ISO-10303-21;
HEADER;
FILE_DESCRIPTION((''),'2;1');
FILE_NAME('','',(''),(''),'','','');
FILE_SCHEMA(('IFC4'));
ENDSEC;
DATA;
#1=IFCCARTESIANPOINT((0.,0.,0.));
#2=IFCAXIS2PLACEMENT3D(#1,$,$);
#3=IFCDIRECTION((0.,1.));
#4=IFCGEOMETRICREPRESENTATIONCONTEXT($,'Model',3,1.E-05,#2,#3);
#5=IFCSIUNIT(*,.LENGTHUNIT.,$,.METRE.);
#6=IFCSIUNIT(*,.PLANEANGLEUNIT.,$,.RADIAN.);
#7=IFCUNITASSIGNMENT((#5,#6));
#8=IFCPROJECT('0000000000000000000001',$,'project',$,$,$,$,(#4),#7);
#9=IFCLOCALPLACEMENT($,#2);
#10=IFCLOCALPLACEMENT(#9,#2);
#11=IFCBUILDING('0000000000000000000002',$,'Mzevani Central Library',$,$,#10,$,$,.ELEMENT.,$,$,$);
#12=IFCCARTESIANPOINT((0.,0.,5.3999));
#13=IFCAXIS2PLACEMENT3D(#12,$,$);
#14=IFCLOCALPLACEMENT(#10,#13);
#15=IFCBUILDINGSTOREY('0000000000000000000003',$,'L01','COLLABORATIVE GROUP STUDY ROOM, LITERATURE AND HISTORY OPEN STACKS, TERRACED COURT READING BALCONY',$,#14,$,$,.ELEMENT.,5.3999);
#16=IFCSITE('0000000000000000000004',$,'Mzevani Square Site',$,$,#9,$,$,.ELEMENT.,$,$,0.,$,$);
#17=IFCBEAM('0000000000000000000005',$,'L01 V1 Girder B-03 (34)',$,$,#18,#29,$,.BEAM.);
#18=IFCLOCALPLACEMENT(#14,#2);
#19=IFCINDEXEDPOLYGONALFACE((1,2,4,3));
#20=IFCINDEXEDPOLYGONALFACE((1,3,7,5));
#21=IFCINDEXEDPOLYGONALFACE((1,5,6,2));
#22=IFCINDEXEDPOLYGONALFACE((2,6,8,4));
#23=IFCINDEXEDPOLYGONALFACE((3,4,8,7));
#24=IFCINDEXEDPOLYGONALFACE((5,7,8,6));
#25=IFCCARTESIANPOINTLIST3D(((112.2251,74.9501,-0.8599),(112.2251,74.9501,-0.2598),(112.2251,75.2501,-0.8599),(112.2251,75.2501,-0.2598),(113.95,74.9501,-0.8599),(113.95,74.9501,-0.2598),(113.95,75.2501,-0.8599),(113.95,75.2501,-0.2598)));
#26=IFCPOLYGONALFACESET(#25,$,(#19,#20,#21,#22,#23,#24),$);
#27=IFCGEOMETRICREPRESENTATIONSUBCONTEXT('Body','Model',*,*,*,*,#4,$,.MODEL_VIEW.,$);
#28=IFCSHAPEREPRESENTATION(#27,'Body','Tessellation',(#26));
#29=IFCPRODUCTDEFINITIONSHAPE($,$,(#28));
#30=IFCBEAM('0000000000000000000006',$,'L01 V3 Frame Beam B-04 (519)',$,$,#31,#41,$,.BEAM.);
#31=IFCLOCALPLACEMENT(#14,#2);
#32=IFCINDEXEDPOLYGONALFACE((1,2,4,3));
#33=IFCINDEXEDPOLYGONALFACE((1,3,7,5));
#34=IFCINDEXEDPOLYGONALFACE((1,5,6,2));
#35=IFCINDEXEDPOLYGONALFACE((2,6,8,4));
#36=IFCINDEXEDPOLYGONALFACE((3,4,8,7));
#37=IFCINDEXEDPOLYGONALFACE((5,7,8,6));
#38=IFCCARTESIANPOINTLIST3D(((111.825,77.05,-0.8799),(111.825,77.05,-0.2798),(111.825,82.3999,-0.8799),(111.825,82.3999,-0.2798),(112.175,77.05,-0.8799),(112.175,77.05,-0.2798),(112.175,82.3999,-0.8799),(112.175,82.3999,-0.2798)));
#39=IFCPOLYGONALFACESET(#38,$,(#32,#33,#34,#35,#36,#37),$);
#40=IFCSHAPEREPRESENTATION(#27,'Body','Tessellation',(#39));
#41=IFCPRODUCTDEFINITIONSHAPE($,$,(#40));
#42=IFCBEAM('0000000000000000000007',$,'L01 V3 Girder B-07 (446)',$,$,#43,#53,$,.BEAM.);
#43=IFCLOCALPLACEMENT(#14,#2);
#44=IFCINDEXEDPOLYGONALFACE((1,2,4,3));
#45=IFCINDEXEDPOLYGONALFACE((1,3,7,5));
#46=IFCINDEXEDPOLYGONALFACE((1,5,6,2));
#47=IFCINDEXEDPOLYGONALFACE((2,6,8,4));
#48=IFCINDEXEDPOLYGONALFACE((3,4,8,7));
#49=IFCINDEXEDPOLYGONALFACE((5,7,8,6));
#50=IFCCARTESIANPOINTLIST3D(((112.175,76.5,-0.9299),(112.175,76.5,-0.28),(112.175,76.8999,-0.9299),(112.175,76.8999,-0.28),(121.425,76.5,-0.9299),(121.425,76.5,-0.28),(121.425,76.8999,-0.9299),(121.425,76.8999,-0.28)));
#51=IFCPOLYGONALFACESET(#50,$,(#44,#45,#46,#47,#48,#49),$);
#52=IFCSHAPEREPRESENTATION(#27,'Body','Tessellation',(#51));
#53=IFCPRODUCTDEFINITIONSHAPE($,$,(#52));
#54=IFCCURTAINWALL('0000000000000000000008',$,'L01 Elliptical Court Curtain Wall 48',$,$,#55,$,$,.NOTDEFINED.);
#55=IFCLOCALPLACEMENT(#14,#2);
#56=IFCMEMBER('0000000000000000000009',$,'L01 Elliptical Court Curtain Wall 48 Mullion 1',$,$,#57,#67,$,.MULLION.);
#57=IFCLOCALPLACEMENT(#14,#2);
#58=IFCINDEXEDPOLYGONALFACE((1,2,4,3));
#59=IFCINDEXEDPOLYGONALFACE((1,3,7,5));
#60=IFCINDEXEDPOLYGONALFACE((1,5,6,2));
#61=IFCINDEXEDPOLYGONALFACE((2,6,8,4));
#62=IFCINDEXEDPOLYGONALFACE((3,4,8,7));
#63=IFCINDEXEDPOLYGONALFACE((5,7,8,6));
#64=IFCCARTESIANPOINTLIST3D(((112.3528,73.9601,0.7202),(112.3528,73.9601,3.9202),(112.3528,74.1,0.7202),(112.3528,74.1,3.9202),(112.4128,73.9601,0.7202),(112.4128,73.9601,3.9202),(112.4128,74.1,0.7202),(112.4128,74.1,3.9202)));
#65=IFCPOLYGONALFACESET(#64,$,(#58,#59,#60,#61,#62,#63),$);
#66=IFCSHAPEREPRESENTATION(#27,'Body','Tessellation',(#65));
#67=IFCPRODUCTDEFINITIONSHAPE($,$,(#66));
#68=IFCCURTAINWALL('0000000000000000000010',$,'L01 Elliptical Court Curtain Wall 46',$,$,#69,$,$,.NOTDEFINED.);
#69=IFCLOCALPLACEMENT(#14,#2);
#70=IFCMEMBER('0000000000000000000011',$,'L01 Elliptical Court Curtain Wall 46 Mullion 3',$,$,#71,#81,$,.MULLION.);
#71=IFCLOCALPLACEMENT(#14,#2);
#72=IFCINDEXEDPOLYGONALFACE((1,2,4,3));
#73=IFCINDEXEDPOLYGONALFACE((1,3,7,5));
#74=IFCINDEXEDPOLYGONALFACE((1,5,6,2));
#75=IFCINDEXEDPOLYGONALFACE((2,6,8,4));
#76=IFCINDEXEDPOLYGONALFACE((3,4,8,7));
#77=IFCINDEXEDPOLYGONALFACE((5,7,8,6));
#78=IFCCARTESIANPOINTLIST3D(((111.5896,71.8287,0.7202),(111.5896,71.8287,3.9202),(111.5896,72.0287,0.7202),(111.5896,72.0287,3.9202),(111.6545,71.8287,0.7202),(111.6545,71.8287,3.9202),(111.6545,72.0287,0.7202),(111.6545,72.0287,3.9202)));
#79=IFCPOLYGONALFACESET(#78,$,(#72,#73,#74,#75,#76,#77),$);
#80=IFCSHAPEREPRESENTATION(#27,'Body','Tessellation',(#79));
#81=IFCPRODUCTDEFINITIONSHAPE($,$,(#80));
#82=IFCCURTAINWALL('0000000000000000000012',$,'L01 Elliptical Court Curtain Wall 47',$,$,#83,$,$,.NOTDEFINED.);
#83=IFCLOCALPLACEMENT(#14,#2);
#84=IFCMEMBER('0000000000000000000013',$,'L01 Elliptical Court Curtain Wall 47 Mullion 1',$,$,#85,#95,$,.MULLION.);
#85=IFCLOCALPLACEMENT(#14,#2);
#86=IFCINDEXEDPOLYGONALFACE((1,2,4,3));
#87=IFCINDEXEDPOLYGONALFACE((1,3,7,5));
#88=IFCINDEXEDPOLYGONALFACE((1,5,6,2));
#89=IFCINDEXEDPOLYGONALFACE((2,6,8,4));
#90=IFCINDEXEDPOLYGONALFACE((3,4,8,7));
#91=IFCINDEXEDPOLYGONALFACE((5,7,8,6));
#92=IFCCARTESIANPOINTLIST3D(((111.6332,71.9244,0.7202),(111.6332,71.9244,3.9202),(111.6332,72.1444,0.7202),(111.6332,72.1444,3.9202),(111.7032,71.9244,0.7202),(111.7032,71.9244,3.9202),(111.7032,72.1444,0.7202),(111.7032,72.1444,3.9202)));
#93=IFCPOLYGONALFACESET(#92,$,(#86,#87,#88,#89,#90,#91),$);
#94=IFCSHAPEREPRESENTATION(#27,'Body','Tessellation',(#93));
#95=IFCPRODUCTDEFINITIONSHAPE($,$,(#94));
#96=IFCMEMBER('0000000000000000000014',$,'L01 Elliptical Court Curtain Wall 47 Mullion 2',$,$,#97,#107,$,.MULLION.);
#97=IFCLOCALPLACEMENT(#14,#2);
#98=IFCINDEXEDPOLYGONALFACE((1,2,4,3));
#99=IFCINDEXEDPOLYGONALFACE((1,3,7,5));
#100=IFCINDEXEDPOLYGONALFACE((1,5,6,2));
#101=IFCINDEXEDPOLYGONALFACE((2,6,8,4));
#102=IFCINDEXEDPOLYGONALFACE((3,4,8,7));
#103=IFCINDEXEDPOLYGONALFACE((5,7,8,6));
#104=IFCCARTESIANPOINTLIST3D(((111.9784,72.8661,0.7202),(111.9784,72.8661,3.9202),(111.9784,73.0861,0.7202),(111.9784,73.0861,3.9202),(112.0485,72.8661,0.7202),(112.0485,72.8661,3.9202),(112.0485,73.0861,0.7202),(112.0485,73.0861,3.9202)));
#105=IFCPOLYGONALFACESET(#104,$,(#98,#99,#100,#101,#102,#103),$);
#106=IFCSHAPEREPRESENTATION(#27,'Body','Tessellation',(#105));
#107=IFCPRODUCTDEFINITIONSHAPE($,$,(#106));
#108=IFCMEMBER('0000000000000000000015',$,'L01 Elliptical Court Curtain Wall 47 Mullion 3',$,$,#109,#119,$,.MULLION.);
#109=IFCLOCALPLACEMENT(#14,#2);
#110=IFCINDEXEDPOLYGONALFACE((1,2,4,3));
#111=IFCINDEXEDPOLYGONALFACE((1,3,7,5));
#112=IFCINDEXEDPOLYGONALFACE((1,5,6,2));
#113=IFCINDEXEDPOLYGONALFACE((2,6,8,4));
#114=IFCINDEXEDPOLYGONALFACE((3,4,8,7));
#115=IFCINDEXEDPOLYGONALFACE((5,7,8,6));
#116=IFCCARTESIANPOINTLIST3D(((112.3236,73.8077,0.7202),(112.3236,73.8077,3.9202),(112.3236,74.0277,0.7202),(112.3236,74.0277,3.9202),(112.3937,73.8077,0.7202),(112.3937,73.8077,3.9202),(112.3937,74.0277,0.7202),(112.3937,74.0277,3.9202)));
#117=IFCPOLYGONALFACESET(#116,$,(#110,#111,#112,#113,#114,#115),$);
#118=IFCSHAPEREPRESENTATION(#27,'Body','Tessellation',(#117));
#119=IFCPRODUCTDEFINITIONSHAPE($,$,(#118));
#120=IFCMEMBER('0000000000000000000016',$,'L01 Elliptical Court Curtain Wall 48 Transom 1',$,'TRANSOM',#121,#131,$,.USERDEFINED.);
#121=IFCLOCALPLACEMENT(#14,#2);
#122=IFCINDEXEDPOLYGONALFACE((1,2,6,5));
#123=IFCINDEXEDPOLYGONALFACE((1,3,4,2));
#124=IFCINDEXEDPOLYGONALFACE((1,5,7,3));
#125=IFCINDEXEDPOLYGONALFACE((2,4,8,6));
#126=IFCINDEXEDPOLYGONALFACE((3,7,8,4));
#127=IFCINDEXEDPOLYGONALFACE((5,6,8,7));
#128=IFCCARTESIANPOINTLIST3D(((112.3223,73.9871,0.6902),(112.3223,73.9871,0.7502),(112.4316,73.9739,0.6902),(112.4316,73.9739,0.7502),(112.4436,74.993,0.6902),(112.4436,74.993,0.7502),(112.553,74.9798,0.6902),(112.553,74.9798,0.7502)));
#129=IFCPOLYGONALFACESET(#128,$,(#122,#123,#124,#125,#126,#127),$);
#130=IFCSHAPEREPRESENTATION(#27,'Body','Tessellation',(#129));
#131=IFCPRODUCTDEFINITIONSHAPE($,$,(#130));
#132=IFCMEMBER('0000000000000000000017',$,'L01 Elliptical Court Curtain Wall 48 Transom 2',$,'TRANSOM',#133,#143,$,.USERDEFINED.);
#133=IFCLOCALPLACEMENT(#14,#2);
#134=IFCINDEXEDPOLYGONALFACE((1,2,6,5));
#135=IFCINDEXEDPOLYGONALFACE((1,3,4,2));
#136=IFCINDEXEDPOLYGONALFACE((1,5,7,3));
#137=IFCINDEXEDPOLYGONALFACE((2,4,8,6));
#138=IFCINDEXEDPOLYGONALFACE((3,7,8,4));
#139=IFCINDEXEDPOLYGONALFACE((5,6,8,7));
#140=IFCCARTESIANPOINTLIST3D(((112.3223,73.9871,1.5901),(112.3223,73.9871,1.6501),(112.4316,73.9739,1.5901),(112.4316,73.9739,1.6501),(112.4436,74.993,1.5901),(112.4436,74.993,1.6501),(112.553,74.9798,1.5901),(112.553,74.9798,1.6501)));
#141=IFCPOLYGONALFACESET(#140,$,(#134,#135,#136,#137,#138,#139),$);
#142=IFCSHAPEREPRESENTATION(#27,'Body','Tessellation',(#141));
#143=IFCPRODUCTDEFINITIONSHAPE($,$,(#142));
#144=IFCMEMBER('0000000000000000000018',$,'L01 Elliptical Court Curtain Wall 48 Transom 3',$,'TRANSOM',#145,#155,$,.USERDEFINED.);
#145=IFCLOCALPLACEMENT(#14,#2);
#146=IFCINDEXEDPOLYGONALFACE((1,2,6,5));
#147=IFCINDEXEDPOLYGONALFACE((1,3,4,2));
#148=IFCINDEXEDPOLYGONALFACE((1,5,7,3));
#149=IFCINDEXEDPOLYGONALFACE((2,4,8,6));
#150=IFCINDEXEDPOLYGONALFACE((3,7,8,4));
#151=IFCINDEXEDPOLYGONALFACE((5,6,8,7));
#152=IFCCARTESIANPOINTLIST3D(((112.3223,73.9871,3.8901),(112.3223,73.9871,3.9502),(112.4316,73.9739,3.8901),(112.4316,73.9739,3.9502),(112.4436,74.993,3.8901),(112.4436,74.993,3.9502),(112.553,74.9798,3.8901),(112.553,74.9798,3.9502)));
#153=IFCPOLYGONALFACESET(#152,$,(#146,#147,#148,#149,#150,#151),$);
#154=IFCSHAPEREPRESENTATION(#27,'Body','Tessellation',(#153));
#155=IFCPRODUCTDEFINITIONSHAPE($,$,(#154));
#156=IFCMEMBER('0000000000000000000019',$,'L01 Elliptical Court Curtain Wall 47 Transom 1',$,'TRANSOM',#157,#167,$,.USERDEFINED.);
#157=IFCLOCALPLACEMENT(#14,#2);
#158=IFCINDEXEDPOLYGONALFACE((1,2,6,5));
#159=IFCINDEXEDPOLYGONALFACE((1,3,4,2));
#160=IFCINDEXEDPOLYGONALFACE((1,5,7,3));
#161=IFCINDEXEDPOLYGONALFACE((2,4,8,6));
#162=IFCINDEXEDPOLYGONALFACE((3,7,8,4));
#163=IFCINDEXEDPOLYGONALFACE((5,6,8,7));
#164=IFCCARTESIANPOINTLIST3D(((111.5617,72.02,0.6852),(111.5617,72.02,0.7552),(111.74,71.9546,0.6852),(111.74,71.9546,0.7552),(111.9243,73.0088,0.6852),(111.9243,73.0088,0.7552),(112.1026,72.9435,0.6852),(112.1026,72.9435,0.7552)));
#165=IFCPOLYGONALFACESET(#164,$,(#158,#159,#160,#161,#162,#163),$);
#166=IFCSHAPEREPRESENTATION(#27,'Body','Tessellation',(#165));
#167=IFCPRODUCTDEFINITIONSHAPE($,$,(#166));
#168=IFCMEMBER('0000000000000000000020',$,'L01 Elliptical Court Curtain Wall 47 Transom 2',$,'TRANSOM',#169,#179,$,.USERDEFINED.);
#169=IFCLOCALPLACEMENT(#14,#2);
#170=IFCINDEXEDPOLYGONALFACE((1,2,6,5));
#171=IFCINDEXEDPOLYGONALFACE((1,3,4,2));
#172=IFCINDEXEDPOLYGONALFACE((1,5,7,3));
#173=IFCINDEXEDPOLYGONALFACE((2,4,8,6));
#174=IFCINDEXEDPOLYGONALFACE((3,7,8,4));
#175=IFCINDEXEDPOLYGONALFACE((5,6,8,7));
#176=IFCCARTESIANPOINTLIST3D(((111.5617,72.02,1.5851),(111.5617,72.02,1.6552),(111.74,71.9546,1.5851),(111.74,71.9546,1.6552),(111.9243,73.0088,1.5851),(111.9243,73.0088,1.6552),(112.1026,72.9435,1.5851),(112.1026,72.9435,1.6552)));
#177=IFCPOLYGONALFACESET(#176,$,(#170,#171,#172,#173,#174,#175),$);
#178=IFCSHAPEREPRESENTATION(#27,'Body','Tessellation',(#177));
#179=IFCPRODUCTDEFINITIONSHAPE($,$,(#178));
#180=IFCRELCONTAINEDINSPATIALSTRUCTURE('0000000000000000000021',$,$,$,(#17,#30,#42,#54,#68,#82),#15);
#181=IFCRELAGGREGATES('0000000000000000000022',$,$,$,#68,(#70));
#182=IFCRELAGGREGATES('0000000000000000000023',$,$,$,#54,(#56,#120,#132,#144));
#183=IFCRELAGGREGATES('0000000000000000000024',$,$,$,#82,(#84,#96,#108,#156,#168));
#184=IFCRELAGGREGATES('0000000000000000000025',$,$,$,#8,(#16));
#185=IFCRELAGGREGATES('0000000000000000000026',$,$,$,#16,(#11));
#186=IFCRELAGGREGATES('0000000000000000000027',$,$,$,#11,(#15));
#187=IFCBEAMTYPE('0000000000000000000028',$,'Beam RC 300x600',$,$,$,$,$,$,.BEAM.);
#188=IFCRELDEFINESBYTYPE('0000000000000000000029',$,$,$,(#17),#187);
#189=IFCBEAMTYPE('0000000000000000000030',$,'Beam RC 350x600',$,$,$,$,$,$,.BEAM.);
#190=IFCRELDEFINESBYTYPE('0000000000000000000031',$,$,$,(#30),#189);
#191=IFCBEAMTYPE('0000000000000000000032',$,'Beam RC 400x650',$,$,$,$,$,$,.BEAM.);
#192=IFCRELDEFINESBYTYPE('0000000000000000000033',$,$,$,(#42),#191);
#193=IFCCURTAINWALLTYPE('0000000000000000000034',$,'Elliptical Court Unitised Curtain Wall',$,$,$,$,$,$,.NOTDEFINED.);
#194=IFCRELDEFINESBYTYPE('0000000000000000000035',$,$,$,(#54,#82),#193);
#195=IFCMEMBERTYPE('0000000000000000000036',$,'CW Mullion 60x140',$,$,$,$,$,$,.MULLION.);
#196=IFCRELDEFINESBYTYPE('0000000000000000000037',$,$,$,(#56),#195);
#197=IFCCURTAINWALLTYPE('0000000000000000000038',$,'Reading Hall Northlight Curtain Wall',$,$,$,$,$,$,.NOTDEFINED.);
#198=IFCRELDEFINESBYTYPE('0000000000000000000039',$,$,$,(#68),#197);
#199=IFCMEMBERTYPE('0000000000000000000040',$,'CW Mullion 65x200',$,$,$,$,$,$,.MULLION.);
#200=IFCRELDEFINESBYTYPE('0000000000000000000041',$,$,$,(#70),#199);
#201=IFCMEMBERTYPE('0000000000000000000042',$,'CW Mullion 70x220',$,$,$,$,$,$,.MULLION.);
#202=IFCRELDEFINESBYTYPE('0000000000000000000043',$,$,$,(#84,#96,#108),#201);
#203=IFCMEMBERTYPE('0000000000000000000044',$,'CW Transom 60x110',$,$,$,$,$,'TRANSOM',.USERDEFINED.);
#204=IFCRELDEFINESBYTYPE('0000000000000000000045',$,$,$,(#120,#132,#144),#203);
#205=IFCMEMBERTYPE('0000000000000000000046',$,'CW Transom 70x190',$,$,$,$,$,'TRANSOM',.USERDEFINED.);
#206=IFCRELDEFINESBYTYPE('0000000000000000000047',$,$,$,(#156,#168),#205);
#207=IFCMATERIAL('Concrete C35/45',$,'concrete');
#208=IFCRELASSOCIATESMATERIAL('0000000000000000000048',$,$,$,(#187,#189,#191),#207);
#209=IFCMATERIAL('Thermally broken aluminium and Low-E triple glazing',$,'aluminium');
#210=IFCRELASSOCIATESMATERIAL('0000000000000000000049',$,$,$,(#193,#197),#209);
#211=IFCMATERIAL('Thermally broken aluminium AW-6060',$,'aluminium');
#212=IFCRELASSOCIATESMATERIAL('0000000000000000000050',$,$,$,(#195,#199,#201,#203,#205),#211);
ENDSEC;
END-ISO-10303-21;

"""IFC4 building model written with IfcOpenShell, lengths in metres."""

from ifc_helpers import new_model, si_unit, direction, frame, origin, origin_2d, place, context, subcontext, project, spatial, rectangle, extrude, material, material_profile, profile_set, type_object, element, aggregate, save


model = new_model("IFC4")

# Units and contexts
model_context = context("Model", 3, precision=1e-05, world=origin(), true_north=direction((0.0, 1.0)))
body_context = subcontext(model_context, "Body", "Model", "MODEL_VIEW")
ifc_project = project(units=[si_unit("LENGTHUNIT", "METRE"), si_unit("PLANEANGLEUNIT", "RADIAN")], contexts=[model_context])

# Site, building, storey
site_placement = place(None, origin())
site = spatial("IfcSite", under=ifc_project, at=site_placement, Name="Mzevani Square Site", CompositionType="ELEMENT", RefElevation=0.0)
building_placement = place(site_placement, origin())
building = spatial("IfcBuilding", under=site, at=building_placement, Name="Mzevani Central Library", CompositionType="ELEMENT")
storey_placement = place(building_placement, frame((0.0, 0.0, 5.3999)))
storey = spatial("IfcBuildingStorey", under=building, at=storey_placement, Name="L01", Description="COLLABORATIVE GROUP STUDY ROOM, LITERATURE AND HISTORY OPEN STACKS, TERRACED COURT READING BALCONY", CompositionType="ELEMENT", Elevation=5.3999)

# Beams
ifc_material_1 = material(Name="Concrete C35/45", Category="concrete")
ifc_material_profile_1 = material_profile(ifc_material_1, rectangle(XDim=0.3, YDim=0.6001, at=origin_2d()), Name="RC B300x600")
ifc_profile_set_1 = profile_set([ifc_material_profile_1], Name="Concrete C35/45")
beam_type_1 = type_object("IfcBeamType", Name="Beam RC 300x600", PredefinedType="BEAM", material=ifc_profile_set_1)
beam_1_placement = place(storey_placement, frame((112.2251, 75.1001, -0.5598), z_axis=(1.0, 0.0, 0.0), x_axis=(0.0, 1.0, 0.0)))
element("IfcBeam", 1, at=beam_1_placement, inside=storey, type_object=beam_type_1, Name="L01 V1 Girder B-03 (34)", PredefinedType="BEAM", context=body_context, shape_type="SweptSolid", body=[
    extrude(rectangle(XDim=0.3, YDim=0.6001, at=origin_2d()), origin(), (0.0, 0.0, 1.0), 1.7249),
])
ifc_material_profile_2 = material_profile(ifc_material_1, rectangle(XDim=0.3501, YDim=0.6001, at=origin_2d()), Name="RC B350x600")
ifc_profile_set_2 = profile_set([ifc_material_profile_2], Name="Concrete C35/45")
beam_type_2 = type_object("IfcBeamType", Name="Beam RC 350x600", PredefinedType="BEAM", material=ifc_profile_set_2)
beam_2_placement = place(storey_placement, frame((112.0, 77.05, -0.5798), z_axis=(0.0, 1.0, 0.0), x_axis=(-1.0, 0.0, 0.0)))
element("IfcBeam", 2, at=beam_2_placement, inside=storey, type_object=beam_type_2, Name="L01 V3 Frame Beam B-04 (519)", PredefinedType="BEAM", context=body_context, shape_type="SweptSolid", body=[
    extrude(rectangle(XDim=0.3501, YDim=0.6001, at=origin_2d()), origin(), (0.0, 0.0, 1.0), 5.3499),
])
ifc_material_profile_3 = material_profile(ifc_material_1, rectangle(XDim=0.3999, YDim=0.6499, at=origin_2d()), Name="RC B400x650")
ifc_profile_set_3 = profile_set([ifc_material_profile_3], Name="Concrete C35/45")
beam_type_3 = type_object("IfcBeamType", Name="Beam RC 400x650", PredefinedType="BEAM", material=ifc_profile_set_3)
beam_3_placement = place(storey_placement, frame((112.175, 76.7, -0.605), z_axis=(1.0, 0.0, 0.0), x_axis=(0.0, 1.0, 0.0)))
element("IfcBeam", 3, at=beam_3_placement, inside=storey, type_object=beam_type_3, Name="L01 V3 Girder B-07 (446)", PredefinedType="BEAM", context=body_context, shape_type="SweptSolid", body=[
    extrude(rectangle(XDim=0.3999, YDim=0.6499, at=origin_2d()), origin(), (0.0, 0.0, 1.0), 9.25),
])

# Curtain walls, members
ifc_material_2 = material(Name="Thermally broken aluminium and Low-E triple glazing", Category="aluminium")
curtain_wall_type_1 = type_object("IfcCurtainWallType", Name="Elliptical Court Unitised Curtain Wall", PredefinedType="NOTDEFINED", material=ifc_material_2)
curtain_wall_1_placement = place(storey_placement, origin())
curtain_wall_1 = element("IfcCurtainWall", 4, at=curtain_wall_1_placement, inside=storey, type_object=curtain_wall_type_1, Name="L01 Elliptical Court Curtain Wall 48", PredefinedType="NOTDEFINED")
ifc_material_3 = material(Name="Thermally broken aluminium AW-6060", Category="aluminium")
ifc_material_profile_4 = material_profile(ifc_material_3, rectangle(XDim=0.0601, YDim=0.1399, at=origin_2d()), Name="ALU M60x140")
ifc_profile_set_4 = profile_set([ifc_material_profile_4], Name="Thermally broken aluminium AW-6060")
member_type_1 = type_object("IfcMemberType", Name="CW Mullion 60x140", PredefinedType="MULLION", material=ifc_profile_set_4)
member_1_placement = place(storey_placement, frame((112.3828, 74.03, 0.7202), z_axis=(0.0, 0.0, 1.0), x_axis=(1.0, 0.0, 0.0)))
member_1 = element("IfcMember", 5, at=member_1_placement, type_object=member_type_1, Name="L01 Elliptical Court Curtain Wall 48 Mullion 1", PredefinedType="MULLION", context=body_context, shape_type="SweptSolid", body=[
    extrude(rectangle(XDim=0.0601, YDim=0.1399, at=origin_2d()), origin(), (0.0, 0.0, 1.0), 3.2),
])
curtain_wall_type_2 = type_object("IfcCurtainWallType", Name="Reading Hall Northlight Curtain Wall", PredefinedType="NOTDEFINED", material=ifc_material_2)
curtain_wall_2_placement = place(storey_placement, origin())
curtain_wall_2 = element("IfcCurtainWall", 6, at=curtain_wall_2_placement, inside=storey, type_object=curtain_wall_type_2, Name="L01 Elliptical Court Curtain Wall 46", PredefinedType="NOTDEFINED")
ifc_material_profile_5 = material_profile(ifc_material_3, rectangle(XDim=0.0649, YDim=0.2, at=origin_2d()), Name="ALU M65x200")
ifc_profile_set_5 = profile_set([ifc_material_profile_5], Name="Thermally broken aluminium AW-6060")
member_type_2 = type_object("IfcMemberType", Name="CW Mullion 65x200", PredefinedType="MULLION", material=ifc_profile_set_5)
member_2_placement = place(storey_placement, frame((111.6221, 71.9287, 0.7202), z_axis=(0.0, 0.0, 1.0), x_axis=(1.0, 0.0, 0.0)))
member_2 = element("IfcMember", 7, at=member_2_placement, type_object=member_type_2, Name="L01 Elliptical Court Curtain Wall 46 Mullion 3", PredefinedType="MULLION", context=body_context, shape_type="SweptSolid", body=[
    extrude(rectangle(XDim=0.0649, YDim=0.2, at=origin_2d()), origin(), (0.0, 0.0, 1.0), 3.2),
])
aggregate(curtain_wall_2, [member_2])

# Curtain wall, members
curtain_wall_3_placement = place(storey_placement, origin())
curtain_wall_3 = element("IfcCurtainWall", 8, at=curtain_wall_3_placement, inside=storey, type_object=curtain_wall_type_1, Name="L01 Elliptical Court Curtain Wall 47", PredefinedType="NOTDEFINED")
ifc_material_profile_6 = material_profile(ifc_material_3, rectangle(XDim=0.0701, YDim=0.22, at=origin_2d()), Name="ALU M70x220")
ifc_profile_set_6 = profile_set([ifc_material_profile_6], Name="Thermally broken aluminium AW-6060")
member_type_3 = type_object("IfcMemberType", Name="CW Mullion 70x220", PredefinedType="MULLION", material=ifc_profile_set_6)
member_3_placement = place(storey_placement, frame((111.6682, 72.0344, 0.7202), z_axis=(0.0, 0.0, 1.0), x_axis=(1.0, 0.0, 0.0)))
member_3 = element("IfcMember", 9, at=member_3_placement, type_object=member_type_3, Name="L01 Elliptical Court Curtain Wall 47 Mullion 1", PredefinedType="MULLION", context=body_context, shape_type="SweptSolid", body=[
    extrude(rectangle(XDim=0.0701, YDim=0.22, at=origin_2d()), origin(), (0.0, 0.0, 1.0), 3.2),
])
member_4_placement = place(storey_placement, frame((112.0134, 72.9761, 0.7202), z_axis=(0.0, 0.0, 1.0), x_axis=(1.0, 0.0, 0.0)))
member_4 = element("IfcMember", 10, at=member_4_placement, type_object=member_type_3, Name="L01 Elliptical Court Curtain Wall 47 Mullion 2", PredefinedType="MULLION", context=body_context, shape_type="SweptSolid", body=[
    extrude(rectangle(XDim=0.0701, YDim=0.22, at=origin_2d()), origin(), (0.0, 0.0, 1.0), 3.2),
])
member_5_placement = place(storey_placement, frame((112.3586, 73.9177, 0.7202), z_axis=(0.0, 0.0, 1.0), x_axis=(1.0, 0.0, 0.0)))
member_5 = element("IfcMember", 11, at=member_5_placement, type_object=member_type_3, Name="L01 Elliptical Court Curtain Wall 47 Mullion 3", PredefinedType="MULLION", context=body_context, shape_type="SweptSolid", body=[
    extrude(rectangle(XDim=0.0701, YDim=0.22, at=origin_2d()), origin(), (0.0, 0.0, 1.0), 3.2),
])

# Members
ifc_material_profile_7 = material_profile(ifc_material_3, rectangle(XDim=0.1101, YDim=0.0601, at=origin_2d()), Name="ALU T60x110")
ifc_profile_set_7 = profile_set([ifc_material_profile_7], Name="Thermally broken aluminium AW-6060")
member_type_4 = type_object("IfcMemberType", Name="CW Transom 60x110", ElementType="TRANSOM", PredefinedType="USERDEFINED", material=ifc_profile_set_7)
member_6_placement = place(storey_placement, frame((112.377, 73.9805, 0.7202), z_axis=(0.119763, 0.992803, 0.0), x_axis=(-0.992803, 0.119763, 0.0)))
member_6 = element("IfcMember", 12, at=member_6_placement, type_object=member_type_4, Name="L01 Elliptical Court Curtain Wall 48 Transom 1", ObjectType="TRANSOM", PredefinedType="USERDEFINED", context=body_context, shape_type="SweptSolid", body=[
    extrude(rectangle(XDim=0.1101, YDim=0.0601, at=origin_2d()), origin(), (0.0, 0.0, 1.0), 1.0132),
])
member_7_placement = place(storey_placement, frame((112.377, 73.9805, 1.6201), z_axis=(0.119763, 0.992803, 0.0), x_axis=(-0.992803, 0.119763, 0.0)))
member_7 = element("IfcMember", 13, at=member_7_placement, type_object=member_type_4, Name="L01 Elliptical Court Curtain Wall 48 Transom 2", ObjectType="TRANSOM", PredefinedType="USERDEFINED", context=body_context, shape_type="SweptSolid", body=[
    extrude(rectangle(XDim=0.1101, YDim=0.0601, at=origin_2d()), origin(), (0.0, 0.0, 1.0), 1.0132),
])
member_8_placement = place(storey_placement, frame((112.377, 73.9805, 3.9202), z_axis=(0.119763, 0.992803, 0.0), x_axis=(-0.992803, 0.119763, 0.0)))
member_8 = element("IfcMember", 14, at=member_8_placement, type_object=member_type_4, Name="L01 Elliptical Court Curtain Wall 48 Transom 3", ObjectType="TRANSOM", PredefinedType="USERDEFINED", context=body_context, shape_type="SweptSolid", body=[
    extrude(rectangle(XDim=0.1101, YDim=0.0601, at=origin_2d()), origin(), (0.0, 0.0, 1.0), 1.0132),
])
aggregate(curtain_wall_1, [member_1, member_6, member_7, member_8])
ifc_material_profile_8 = material_profile(ifc_material_3, rectangle(XDim=0.1899, YDim=0.0701, at=origin_2d()), Name="ALU T70x190")
ifc_profile_set_8 = profile_set([ifc_material_profile_8], Name="Thermally broken aluminium AW-6060")
member_type_5 = type_object("IfcMemberType", Name="CW Transom 70x190", ElementType="TRANSOM", PredefinedType="USERDEFINED", material=ifc_profile_set_8)
member_9_placement = place(storey_placement, frame((111.6509, 71.9873, 0.7202), z_axis=(0.344255, 0.938876, 0.0), x_axis=(-0.938876, 0.344255, 0.0)))
member_9 = element("IfcMember", 15, at=member_9_placement, type_object=member_type_5, Name="L01 Elliptical Court Curtain Wall 47 Transom 1", ObjectType="TRANSOM", PredefinedType="USERDEFINED", context=body_context, shape_type="SweptSolid", body=[
    extrude(rectangle(XDim=0.1899, YDim=0.0701, at=origin_2d()), origin(), (0.0, 0.0, 1.0), 1.0532),
])
member_10_placement = place(storey_placement, frame((111.6509, 71.9873, 1.6201), z_axis=(0.344255, 0.938876, 0.0), x_axis=(-0.938876, 0.344255, 0.0)))
member_10 = element("IfcMember", 16, at=member_10_placement, type_object=member_type_5, Name="L01 Elliptical Court Curtain Wall 47 Transom 2", ObjectType="TRANSOM", PredefinedType="USERDEFINED", context=body_context, shape_type="SweptSolid", body=[
    extrude(rectangle(XDim=0.1899, YDim=0.0701, at=origin_2d()), origin(), (0.0, 0.0, 1.0), 1.0532),
])

aggregate(curtain_wall_3, [member_3, member_4, member_5, member_9, member_10])

save(model, "model.ifc")
